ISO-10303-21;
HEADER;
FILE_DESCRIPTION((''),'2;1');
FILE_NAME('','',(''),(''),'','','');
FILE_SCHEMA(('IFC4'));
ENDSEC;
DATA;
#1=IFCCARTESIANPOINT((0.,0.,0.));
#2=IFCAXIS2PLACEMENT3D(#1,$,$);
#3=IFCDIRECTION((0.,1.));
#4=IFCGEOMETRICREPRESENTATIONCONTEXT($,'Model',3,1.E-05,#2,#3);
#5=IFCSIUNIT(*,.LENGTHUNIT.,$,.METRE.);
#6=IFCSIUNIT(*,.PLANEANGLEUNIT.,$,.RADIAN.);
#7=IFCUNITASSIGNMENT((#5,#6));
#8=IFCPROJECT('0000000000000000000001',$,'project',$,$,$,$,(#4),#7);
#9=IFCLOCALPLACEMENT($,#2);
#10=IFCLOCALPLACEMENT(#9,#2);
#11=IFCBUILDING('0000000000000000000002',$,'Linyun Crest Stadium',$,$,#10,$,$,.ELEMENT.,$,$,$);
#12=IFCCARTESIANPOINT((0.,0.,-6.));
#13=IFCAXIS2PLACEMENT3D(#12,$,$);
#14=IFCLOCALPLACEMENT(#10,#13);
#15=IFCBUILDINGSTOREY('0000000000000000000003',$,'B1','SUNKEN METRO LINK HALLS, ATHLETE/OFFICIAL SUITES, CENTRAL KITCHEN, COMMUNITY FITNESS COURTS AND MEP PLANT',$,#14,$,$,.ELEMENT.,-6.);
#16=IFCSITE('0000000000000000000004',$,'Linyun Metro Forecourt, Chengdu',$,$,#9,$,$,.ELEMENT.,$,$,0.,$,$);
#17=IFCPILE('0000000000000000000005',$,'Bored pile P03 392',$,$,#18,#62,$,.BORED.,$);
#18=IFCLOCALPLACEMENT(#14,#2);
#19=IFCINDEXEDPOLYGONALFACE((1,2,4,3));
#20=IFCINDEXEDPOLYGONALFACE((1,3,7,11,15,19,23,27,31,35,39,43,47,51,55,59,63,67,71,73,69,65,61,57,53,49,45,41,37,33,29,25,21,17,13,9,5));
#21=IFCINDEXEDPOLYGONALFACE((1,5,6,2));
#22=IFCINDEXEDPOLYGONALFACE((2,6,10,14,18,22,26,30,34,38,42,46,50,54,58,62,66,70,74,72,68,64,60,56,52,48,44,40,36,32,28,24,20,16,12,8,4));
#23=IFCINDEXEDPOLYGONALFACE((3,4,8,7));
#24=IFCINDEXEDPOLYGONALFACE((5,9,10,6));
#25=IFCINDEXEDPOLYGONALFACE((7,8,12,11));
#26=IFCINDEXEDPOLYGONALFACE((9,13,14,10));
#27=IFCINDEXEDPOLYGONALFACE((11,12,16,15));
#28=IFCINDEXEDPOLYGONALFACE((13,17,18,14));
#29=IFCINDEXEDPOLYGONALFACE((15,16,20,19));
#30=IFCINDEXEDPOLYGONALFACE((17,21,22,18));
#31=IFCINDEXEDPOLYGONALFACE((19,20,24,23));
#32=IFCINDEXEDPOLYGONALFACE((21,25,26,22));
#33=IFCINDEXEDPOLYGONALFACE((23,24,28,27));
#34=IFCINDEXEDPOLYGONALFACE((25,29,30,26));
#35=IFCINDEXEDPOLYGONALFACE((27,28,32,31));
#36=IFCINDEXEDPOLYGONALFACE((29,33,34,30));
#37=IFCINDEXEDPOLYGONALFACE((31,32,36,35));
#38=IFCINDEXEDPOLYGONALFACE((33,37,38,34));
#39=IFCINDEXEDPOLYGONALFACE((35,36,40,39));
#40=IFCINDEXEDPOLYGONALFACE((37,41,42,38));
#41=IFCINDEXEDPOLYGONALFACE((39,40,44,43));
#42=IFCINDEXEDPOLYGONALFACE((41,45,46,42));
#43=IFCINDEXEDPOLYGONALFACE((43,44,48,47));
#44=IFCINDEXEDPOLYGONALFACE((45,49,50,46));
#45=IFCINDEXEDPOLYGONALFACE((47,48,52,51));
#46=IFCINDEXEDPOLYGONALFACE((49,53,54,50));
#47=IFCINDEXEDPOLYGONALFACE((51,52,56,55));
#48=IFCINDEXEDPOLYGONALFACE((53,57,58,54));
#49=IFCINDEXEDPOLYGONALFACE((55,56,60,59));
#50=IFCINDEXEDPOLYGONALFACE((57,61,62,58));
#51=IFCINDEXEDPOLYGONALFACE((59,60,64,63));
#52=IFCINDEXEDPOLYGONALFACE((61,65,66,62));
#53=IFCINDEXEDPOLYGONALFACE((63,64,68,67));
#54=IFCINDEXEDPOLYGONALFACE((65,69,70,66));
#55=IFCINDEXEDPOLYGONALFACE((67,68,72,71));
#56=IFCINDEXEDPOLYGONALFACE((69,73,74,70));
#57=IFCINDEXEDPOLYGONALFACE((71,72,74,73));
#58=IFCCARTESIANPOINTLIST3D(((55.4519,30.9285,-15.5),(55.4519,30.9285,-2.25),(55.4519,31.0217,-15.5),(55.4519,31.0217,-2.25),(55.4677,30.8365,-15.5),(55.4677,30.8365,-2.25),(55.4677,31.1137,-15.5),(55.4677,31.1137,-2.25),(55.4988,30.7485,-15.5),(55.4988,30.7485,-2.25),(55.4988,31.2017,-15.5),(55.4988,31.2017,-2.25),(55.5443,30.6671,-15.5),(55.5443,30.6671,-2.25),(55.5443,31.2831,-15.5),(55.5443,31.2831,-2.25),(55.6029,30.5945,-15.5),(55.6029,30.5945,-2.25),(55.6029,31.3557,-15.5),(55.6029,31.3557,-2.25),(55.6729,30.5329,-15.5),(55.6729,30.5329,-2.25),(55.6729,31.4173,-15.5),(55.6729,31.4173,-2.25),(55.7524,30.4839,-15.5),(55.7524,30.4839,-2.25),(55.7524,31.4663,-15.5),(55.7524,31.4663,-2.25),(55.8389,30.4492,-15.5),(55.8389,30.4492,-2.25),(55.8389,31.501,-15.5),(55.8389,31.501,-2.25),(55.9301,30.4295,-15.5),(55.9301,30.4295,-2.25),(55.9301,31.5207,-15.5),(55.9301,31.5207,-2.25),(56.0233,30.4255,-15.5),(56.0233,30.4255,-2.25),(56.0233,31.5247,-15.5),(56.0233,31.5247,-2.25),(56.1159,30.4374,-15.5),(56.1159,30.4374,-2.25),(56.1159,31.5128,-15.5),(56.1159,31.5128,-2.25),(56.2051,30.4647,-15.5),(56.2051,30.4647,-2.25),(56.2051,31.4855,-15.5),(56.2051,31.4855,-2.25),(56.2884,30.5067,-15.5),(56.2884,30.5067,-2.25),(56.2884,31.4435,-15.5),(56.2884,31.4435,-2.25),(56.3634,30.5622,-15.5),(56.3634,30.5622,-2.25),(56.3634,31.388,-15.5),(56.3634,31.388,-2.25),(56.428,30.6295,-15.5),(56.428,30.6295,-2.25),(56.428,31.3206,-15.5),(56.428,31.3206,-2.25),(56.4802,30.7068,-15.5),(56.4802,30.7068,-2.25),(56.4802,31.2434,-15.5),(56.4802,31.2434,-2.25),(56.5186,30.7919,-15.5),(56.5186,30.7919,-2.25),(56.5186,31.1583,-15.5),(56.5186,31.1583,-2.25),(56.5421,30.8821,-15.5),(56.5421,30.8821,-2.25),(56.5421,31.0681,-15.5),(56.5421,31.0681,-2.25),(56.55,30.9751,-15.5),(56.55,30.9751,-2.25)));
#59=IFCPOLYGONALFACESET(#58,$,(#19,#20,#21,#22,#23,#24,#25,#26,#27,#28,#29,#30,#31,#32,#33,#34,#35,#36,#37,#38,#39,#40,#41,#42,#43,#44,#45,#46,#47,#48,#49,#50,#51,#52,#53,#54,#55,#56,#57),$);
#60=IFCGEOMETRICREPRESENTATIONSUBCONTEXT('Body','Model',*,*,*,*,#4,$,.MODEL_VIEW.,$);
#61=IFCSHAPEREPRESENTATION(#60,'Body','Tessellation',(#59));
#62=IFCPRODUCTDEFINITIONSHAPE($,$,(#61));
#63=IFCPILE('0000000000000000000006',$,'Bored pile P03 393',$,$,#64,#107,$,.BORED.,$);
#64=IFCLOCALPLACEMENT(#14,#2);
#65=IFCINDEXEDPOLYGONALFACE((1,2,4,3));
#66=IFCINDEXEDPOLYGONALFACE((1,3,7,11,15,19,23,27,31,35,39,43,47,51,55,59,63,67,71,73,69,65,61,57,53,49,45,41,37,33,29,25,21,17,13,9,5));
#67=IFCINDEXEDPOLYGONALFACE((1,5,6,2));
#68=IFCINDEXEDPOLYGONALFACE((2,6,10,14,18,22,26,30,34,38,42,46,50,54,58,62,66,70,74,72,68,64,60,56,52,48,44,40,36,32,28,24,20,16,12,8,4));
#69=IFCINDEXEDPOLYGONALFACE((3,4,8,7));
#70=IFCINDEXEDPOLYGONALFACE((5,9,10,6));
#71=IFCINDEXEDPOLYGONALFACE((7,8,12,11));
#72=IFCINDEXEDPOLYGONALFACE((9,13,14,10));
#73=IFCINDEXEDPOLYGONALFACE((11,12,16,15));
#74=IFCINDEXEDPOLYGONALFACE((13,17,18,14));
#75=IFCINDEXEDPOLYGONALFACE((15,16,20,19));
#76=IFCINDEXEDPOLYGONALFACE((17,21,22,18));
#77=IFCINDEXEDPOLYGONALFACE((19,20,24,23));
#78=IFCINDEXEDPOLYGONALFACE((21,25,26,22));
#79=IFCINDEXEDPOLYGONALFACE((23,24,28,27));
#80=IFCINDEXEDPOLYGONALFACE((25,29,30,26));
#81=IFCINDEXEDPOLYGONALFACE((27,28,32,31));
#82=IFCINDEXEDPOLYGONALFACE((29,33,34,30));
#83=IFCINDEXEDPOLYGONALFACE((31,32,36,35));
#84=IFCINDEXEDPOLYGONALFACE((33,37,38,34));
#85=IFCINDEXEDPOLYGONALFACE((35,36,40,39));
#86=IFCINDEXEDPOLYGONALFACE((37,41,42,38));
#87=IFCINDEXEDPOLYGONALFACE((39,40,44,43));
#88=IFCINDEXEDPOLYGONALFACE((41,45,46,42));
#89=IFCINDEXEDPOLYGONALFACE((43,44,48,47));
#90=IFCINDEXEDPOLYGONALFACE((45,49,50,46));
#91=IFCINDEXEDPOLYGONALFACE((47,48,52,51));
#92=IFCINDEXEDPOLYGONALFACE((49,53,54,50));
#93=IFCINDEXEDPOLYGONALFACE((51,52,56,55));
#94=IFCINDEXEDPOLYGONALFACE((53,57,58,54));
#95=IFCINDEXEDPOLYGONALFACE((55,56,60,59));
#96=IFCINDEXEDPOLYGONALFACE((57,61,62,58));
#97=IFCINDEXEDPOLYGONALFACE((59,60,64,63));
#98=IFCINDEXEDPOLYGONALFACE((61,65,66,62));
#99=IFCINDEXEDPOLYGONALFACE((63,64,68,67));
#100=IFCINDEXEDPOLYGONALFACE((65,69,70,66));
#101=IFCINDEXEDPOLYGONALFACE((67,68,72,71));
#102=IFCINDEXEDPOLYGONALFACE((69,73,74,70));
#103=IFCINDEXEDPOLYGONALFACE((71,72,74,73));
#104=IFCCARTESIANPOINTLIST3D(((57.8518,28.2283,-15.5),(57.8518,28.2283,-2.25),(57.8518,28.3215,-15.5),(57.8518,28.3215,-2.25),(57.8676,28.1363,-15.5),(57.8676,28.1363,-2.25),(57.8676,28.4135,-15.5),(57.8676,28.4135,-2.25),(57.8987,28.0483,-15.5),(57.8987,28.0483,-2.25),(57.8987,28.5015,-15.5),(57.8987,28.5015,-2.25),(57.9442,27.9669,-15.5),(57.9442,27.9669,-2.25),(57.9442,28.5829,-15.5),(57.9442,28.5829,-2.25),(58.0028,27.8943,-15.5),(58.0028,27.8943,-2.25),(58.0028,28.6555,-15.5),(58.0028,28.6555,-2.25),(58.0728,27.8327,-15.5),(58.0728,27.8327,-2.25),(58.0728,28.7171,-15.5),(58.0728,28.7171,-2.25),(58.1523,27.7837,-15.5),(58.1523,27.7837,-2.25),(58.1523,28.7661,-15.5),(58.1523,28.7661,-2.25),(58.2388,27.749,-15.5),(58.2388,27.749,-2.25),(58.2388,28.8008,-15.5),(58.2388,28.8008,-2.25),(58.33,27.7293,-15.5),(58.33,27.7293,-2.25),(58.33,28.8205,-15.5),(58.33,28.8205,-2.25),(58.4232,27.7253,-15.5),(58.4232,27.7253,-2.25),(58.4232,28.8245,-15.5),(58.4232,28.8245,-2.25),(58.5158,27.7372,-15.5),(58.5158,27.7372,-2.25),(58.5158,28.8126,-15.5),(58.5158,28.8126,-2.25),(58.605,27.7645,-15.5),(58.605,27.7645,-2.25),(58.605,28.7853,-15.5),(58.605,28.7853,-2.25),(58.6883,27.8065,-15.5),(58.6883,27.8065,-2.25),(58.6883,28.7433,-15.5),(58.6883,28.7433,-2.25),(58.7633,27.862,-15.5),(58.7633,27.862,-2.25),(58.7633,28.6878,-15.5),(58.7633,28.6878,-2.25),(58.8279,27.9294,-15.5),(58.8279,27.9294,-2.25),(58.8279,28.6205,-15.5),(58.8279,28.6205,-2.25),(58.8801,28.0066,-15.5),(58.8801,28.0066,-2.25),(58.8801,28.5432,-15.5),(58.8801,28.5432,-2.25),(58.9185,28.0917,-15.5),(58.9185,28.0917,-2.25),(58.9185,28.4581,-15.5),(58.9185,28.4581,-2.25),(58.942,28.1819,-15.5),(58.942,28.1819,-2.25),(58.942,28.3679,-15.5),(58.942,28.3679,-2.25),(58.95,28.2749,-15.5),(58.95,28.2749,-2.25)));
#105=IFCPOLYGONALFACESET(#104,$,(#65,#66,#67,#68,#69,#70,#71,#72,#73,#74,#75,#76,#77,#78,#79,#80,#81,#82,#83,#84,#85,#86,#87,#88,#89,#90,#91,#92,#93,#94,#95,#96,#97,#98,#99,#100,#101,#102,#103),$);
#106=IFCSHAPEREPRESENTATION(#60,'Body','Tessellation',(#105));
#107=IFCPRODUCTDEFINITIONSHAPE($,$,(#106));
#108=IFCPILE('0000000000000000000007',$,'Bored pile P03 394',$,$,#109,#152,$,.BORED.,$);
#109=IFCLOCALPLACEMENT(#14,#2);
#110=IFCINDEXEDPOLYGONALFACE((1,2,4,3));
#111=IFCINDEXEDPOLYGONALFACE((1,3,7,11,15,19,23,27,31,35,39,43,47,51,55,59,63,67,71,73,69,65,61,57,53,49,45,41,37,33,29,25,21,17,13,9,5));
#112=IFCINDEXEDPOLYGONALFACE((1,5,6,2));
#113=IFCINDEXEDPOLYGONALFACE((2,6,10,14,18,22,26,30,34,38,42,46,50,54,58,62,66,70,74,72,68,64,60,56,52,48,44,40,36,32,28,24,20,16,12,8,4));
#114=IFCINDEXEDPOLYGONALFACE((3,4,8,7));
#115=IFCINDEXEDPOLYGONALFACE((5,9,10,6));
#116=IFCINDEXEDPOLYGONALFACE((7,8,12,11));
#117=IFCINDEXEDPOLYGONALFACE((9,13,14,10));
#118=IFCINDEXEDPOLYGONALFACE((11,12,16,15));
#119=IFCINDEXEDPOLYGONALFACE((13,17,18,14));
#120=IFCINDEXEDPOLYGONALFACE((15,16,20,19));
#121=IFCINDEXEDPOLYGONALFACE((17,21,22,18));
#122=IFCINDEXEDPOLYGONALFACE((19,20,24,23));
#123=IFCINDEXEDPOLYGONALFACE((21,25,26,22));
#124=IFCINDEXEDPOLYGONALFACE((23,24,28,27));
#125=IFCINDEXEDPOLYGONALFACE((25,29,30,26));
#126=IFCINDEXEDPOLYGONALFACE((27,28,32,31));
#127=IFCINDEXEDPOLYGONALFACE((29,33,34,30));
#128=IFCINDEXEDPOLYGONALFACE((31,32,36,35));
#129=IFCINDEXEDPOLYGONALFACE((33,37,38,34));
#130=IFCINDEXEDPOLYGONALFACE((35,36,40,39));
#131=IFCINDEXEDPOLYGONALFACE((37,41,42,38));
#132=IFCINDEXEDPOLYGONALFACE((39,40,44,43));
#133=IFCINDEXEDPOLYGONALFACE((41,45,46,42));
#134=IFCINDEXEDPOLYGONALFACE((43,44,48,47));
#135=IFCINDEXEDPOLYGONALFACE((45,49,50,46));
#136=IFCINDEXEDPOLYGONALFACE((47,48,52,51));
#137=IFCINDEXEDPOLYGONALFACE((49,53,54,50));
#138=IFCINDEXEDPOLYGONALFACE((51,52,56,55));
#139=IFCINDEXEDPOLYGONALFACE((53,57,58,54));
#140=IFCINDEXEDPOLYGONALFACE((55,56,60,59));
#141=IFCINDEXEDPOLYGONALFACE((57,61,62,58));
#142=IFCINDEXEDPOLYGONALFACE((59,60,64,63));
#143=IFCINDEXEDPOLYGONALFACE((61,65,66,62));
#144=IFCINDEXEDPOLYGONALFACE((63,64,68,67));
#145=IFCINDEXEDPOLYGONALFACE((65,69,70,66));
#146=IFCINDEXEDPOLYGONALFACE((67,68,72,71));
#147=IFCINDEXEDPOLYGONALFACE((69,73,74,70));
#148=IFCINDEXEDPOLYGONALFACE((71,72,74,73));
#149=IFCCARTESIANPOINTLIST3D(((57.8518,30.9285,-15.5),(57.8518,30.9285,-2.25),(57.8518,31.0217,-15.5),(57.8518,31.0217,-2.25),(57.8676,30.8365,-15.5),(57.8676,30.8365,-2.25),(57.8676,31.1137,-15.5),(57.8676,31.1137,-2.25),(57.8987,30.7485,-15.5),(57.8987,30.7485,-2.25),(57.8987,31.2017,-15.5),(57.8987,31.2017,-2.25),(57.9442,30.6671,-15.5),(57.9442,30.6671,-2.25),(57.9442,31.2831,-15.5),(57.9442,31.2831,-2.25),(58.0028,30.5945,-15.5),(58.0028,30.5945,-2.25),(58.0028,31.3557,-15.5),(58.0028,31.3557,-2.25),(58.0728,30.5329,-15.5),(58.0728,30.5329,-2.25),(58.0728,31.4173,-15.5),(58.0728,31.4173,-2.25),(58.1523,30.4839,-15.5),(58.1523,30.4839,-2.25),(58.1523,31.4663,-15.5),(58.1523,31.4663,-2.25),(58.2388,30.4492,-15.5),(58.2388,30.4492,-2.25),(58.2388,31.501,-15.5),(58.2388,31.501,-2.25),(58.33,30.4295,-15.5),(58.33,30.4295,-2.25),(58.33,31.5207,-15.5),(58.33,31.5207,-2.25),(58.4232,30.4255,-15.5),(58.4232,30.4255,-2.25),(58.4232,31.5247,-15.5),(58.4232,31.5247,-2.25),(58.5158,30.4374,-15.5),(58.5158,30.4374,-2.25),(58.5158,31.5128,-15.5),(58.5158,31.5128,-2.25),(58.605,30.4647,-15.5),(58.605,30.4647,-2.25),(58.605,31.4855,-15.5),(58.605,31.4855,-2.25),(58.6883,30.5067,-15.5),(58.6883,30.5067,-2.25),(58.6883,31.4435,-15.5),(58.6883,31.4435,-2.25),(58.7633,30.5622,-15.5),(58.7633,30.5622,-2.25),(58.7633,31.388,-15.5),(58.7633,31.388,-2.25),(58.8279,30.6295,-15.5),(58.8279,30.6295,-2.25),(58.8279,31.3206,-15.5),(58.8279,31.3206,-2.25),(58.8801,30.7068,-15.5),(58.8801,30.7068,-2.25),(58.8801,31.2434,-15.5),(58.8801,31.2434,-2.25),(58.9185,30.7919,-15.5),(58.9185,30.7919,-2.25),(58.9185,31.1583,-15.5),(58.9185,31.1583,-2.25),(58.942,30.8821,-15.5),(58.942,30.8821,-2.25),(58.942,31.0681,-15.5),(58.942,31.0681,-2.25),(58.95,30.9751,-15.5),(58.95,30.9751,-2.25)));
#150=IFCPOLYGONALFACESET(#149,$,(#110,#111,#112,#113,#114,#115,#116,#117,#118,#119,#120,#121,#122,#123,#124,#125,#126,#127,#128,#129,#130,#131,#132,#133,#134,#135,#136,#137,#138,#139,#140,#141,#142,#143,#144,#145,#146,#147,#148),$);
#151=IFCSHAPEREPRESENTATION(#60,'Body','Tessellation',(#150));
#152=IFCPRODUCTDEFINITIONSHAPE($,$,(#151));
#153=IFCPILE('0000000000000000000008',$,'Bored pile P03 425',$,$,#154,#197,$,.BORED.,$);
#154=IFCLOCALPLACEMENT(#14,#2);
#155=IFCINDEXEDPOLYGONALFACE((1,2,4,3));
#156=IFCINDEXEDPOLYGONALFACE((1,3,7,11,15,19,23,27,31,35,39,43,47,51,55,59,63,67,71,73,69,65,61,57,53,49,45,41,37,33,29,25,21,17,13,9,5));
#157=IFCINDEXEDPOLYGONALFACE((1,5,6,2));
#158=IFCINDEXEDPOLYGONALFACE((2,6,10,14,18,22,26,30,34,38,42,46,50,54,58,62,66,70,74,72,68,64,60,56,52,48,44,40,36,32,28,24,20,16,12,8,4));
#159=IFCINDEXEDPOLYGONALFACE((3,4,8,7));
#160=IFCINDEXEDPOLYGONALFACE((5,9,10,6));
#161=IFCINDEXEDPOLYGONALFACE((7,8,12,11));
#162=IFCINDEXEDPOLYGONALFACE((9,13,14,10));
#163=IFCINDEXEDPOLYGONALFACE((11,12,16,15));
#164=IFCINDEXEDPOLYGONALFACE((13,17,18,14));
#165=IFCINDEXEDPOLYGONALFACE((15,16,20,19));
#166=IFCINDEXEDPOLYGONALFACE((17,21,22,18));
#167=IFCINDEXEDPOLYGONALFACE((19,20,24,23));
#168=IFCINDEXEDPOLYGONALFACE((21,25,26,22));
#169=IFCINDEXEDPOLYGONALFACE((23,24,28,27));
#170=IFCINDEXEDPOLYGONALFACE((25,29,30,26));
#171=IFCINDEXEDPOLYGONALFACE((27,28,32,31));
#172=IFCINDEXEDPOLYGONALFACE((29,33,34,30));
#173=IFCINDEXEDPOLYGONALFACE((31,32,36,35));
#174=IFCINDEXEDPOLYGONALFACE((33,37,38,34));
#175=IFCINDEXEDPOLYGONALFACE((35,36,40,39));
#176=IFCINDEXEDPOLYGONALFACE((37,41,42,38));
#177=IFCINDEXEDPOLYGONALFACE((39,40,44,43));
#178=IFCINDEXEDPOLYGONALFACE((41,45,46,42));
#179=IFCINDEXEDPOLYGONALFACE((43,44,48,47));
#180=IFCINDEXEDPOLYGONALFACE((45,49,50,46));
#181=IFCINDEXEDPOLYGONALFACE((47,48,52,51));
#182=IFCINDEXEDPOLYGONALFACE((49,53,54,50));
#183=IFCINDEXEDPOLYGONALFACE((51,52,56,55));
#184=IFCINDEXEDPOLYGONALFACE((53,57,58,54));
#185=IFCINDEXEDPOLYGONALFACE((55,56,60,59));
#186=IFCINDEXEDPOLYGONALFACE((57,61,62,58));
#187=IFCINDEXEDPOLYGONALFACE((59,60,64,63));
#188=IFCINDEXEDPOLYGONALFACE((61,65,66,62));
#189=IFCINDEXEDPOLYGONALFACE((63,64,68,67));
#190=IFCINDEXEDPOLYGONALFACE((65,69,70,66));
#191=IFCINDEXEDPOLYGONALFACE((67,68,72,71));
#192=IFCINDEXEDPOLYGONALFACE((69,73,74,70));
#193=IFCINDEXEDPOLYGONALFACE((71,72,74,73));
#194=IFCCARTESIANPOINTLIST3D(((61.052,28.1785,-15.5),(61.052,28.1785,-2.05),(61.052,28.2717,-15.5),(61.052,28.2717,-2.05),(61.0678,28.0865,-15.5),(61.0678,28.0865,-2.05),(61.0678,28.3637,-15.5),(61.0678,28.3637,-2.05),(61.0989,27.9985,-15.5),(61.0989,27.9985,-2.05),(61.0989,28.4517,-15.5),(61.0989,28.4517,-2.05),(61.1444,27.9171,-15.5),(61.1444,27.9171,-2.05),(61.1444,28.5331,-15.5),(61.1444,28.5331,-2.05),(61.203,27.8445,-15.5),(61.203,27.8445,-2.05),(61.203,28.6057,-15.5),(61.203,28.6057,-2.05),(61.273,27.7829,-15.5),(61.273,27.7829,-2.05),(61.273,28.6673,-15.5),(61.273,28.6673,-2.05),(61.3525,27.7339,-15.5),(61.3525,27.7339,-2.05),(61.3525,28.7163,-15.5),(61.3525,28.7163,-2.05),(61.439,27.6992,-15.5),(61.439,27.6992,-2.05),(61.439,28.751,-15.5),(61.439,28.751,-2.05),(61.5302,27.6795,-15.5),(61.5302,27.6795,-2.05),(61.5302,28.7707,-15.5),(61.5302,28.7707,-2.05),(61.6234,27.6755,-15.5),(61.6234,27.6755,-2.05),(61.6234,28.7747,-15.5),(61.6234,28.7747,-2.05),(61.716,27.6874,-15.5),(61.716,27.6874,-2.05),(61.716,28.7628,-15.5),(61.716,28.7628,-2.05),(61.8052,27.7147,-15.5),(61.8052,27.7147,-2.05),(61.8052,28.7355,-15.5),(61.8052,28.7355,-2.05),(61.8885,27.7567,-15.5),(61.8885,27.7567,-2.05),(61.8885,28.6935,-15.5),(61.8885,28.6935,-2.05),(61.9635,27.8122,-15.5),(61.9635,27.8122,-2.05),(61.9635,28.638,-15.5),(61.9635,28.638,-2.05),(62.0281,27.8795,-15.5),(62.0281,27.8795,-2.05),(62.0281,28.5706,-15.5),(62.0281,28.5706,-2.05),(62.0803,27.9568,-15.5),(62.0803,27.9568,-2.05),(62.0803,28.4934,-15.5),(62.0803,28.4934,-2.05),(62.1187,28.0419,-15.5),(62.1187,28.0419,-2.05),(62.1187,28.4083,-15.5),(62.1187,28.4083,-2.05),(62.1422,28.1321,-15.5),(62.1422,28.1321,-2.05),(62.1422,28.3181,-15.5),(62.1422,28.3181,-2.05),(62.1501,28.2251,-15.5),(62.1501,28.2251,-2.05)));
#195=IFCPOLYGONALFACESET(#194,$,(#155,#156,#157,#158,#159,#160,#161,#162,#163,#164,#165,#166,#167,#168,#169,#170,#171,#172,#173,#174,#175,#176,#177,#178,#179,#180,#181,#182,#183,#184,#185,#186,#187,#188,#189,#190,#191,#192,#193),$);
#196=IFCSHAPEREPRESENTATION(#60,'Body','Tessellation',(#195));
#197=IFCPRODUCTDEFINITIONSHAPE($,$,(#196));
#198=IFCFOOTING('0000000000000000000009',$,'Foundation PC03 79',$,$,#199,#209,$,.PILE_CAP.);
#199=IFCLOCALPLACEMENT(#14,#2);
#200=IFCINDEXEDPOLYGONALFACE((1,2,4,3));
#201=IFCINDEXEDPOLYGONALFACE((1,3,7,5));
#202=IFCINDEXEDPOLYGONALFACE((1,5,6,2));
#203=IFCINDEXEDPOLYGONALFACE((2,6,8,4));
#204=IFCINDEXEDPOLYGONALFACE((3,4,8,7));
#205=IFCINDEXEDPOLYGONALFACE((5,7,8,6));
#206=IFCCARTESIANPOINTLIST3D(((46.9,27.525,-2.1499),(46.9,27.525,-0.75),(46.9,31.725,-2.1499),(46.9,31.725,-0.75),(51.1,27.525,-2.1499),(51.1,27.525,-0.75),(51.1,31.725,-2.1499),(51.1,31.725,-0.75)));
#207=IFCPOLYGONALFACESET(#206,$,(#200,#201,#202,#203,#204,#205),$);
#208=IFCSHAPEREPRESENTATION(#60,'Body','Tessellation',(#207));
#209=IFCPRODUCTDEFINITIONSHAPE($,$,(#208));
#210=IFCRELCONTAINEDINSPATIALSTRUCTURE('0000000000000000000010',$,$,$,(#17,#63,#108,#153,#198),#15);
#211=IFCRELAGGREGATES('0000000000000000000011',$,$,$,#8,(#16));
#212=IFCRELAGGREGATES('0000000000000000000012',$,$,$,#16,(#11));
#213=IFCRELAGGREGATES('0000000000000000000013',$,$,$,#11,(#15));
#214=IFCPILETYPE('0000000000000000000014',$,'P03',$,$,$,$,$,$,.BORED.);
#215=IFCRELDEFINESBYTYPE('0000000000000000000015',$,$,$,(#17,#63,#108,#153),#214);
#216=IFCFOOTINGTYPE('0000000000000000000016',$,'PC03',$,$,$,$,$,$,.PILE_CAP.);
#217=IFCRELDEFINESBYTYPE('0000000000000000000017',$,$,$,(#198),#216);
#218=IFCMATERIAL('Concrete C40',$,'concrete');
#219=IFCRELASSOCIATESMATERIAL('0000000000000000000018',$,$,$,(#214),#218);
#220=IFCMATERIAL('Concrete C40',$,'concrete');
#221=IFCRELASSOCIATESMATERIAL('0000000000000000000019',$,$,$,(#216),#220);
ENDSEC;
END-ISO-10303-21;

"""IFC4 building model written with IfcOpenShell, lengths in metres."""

from ifc_helpers import new_model, si_unit, direction, frame, origin, origin_2d, place, context, subcontext, project, spatial, rectangle, circle, extrude, material, material_profile, profile_set, type_object, element, save


model = new_model("IFC4")

# Units and contexts
model_context = context("Model", 3, precision=1e-05, world=origin(), true_north=direction((0.0, 1.0)))
body_context = subcontext(model_context, "Body", "Model", "MODEL_VIEW")
ifc_project = project(units=[si_unit("LENGTHUNIT", "METRE"), si_unit("PLANEANGLEUNIT", "RADIAN")], contexts=[model_context])

# Site, building, storey
site_placement = place(None, origin())
site = spatial("IfcSite", under=ifc_project, at=site_placement, Name="Linyun Metro Forecourt, Chengdu", CompositionType="ELEMENT", RefElevation=0.0)
building_placement = place(site_placement, origin())
building = spatial("IfcBuilding", under=site, at=building_placement, Name="Linyun Crest Stadium", CompositionType="ELEMENT")
storey_placement = place(building_placement, frame((0.0, 0.0, -6.0)))
storey = spatial("IfcBuildingStorey", under=building, at=storey_placement, Name="B1", Description="SUNKEN METRO LINK HALLS, ATHLETE/OFFICIAL SUITES, CENTRAL KITCHEN, COMMUNITY FITNESS COURTS AND MEP PLANT", CompositionType="ELEMENT", Elevation=-6.0)

# Piles
ifc_material_1 = material(Name="Concrete C40", Category="concrete")
ifc_material_profile_1 = material_profile(ifc_material_1, circle(Radius=0.55, at=origin_2d()), Name="BORED PILE 1100")
ifc_profile_set_1 = profile_set([ifc_material_profile_1], Name="Concrete C40")
pile_type = type_object("IfcPileType", Name="P03", PredefinedType="BORED", material=ifc_profile_set_1)
for number, where, z_axis, x_axis, name in (
    (1, (56.0, 30.9751, -2.25), (0.0, 0.0, -1.0), (1.0, 0.0, 0.0), "Bored pile P03 392"),
    (2, (58.3999, 28.2749, -2.25), (0.0, 0.0, -1.0), (1.0, 0.0, 0.0), "Bored pile P03 393"),
    (3, (58.3999, 30.9751, -2.25), (0.0, 0.0, -1.0), (1.0, 0.0, 0.0), "Bored pile P03 394"),
):
    element("IfcPile", number, at=place(storey_placement, frame(where, z_axis=z_axis, x_axis=x_axis)), inside=storey, type_object=pile_type, Name=name, PredefinedType="BORED", context=body_context, shape_type="SweptSolid", body=[
        extrude(circle(Radius=0.55, at=origin_2d()), origin(), (0.0, 0.0, 1.0), 13.25),
    ])
pile_1_placement = place(storey_placement, frame((61.6001, 28.2251, -2.05), z_axis=(0.0, 0.0, -1.0), x_axis=(1.0, 0.0, 0.0)))
element("IfcPile", 4, at=pile_1_placement, inside=storey, type_object=pile_type, Name="Bored pile P03 425", PredefinedType="BORED", context=body_context, shape_type="SweptSolid", body=[
    extrude(circle(Radius=0.55, at=origin_2d()), origin(), (0.0, 0.0, 1.0), 13.45),
])

# Footing
ifc_material_2 = material(Name="Concrete C40", Category="concrete")
footing_type_1 = type_object("IfcFootingType", Name="PC03", PredefinedType="PILE_CAP", material=ifc_material_2)
for number, where, z_axis, x_axis, name in (
    (5, (49.0, 29.625, -2.1499), (0.0, 0.0, 1.0), (1.0, 0.0, 0.0), "Foundation PC03 79"),
):
    element("IfcFooting", number, at=place(storey_placement, frame(where, z_axis=z_axis, x_axis=x_axis)), inside=storey, type_object=footing_type_1, Name=name, PredefinedType="PILE_CAP", context=body_context, shape_type="SweptSolid", body=[
        extrude(rectangle(XDim=4.2, YDim=4.2, at=origin_2d()), origin(), (0.0, 0.0, 1.0), 1.3999),
    ])

save(model, "model.ifc")
